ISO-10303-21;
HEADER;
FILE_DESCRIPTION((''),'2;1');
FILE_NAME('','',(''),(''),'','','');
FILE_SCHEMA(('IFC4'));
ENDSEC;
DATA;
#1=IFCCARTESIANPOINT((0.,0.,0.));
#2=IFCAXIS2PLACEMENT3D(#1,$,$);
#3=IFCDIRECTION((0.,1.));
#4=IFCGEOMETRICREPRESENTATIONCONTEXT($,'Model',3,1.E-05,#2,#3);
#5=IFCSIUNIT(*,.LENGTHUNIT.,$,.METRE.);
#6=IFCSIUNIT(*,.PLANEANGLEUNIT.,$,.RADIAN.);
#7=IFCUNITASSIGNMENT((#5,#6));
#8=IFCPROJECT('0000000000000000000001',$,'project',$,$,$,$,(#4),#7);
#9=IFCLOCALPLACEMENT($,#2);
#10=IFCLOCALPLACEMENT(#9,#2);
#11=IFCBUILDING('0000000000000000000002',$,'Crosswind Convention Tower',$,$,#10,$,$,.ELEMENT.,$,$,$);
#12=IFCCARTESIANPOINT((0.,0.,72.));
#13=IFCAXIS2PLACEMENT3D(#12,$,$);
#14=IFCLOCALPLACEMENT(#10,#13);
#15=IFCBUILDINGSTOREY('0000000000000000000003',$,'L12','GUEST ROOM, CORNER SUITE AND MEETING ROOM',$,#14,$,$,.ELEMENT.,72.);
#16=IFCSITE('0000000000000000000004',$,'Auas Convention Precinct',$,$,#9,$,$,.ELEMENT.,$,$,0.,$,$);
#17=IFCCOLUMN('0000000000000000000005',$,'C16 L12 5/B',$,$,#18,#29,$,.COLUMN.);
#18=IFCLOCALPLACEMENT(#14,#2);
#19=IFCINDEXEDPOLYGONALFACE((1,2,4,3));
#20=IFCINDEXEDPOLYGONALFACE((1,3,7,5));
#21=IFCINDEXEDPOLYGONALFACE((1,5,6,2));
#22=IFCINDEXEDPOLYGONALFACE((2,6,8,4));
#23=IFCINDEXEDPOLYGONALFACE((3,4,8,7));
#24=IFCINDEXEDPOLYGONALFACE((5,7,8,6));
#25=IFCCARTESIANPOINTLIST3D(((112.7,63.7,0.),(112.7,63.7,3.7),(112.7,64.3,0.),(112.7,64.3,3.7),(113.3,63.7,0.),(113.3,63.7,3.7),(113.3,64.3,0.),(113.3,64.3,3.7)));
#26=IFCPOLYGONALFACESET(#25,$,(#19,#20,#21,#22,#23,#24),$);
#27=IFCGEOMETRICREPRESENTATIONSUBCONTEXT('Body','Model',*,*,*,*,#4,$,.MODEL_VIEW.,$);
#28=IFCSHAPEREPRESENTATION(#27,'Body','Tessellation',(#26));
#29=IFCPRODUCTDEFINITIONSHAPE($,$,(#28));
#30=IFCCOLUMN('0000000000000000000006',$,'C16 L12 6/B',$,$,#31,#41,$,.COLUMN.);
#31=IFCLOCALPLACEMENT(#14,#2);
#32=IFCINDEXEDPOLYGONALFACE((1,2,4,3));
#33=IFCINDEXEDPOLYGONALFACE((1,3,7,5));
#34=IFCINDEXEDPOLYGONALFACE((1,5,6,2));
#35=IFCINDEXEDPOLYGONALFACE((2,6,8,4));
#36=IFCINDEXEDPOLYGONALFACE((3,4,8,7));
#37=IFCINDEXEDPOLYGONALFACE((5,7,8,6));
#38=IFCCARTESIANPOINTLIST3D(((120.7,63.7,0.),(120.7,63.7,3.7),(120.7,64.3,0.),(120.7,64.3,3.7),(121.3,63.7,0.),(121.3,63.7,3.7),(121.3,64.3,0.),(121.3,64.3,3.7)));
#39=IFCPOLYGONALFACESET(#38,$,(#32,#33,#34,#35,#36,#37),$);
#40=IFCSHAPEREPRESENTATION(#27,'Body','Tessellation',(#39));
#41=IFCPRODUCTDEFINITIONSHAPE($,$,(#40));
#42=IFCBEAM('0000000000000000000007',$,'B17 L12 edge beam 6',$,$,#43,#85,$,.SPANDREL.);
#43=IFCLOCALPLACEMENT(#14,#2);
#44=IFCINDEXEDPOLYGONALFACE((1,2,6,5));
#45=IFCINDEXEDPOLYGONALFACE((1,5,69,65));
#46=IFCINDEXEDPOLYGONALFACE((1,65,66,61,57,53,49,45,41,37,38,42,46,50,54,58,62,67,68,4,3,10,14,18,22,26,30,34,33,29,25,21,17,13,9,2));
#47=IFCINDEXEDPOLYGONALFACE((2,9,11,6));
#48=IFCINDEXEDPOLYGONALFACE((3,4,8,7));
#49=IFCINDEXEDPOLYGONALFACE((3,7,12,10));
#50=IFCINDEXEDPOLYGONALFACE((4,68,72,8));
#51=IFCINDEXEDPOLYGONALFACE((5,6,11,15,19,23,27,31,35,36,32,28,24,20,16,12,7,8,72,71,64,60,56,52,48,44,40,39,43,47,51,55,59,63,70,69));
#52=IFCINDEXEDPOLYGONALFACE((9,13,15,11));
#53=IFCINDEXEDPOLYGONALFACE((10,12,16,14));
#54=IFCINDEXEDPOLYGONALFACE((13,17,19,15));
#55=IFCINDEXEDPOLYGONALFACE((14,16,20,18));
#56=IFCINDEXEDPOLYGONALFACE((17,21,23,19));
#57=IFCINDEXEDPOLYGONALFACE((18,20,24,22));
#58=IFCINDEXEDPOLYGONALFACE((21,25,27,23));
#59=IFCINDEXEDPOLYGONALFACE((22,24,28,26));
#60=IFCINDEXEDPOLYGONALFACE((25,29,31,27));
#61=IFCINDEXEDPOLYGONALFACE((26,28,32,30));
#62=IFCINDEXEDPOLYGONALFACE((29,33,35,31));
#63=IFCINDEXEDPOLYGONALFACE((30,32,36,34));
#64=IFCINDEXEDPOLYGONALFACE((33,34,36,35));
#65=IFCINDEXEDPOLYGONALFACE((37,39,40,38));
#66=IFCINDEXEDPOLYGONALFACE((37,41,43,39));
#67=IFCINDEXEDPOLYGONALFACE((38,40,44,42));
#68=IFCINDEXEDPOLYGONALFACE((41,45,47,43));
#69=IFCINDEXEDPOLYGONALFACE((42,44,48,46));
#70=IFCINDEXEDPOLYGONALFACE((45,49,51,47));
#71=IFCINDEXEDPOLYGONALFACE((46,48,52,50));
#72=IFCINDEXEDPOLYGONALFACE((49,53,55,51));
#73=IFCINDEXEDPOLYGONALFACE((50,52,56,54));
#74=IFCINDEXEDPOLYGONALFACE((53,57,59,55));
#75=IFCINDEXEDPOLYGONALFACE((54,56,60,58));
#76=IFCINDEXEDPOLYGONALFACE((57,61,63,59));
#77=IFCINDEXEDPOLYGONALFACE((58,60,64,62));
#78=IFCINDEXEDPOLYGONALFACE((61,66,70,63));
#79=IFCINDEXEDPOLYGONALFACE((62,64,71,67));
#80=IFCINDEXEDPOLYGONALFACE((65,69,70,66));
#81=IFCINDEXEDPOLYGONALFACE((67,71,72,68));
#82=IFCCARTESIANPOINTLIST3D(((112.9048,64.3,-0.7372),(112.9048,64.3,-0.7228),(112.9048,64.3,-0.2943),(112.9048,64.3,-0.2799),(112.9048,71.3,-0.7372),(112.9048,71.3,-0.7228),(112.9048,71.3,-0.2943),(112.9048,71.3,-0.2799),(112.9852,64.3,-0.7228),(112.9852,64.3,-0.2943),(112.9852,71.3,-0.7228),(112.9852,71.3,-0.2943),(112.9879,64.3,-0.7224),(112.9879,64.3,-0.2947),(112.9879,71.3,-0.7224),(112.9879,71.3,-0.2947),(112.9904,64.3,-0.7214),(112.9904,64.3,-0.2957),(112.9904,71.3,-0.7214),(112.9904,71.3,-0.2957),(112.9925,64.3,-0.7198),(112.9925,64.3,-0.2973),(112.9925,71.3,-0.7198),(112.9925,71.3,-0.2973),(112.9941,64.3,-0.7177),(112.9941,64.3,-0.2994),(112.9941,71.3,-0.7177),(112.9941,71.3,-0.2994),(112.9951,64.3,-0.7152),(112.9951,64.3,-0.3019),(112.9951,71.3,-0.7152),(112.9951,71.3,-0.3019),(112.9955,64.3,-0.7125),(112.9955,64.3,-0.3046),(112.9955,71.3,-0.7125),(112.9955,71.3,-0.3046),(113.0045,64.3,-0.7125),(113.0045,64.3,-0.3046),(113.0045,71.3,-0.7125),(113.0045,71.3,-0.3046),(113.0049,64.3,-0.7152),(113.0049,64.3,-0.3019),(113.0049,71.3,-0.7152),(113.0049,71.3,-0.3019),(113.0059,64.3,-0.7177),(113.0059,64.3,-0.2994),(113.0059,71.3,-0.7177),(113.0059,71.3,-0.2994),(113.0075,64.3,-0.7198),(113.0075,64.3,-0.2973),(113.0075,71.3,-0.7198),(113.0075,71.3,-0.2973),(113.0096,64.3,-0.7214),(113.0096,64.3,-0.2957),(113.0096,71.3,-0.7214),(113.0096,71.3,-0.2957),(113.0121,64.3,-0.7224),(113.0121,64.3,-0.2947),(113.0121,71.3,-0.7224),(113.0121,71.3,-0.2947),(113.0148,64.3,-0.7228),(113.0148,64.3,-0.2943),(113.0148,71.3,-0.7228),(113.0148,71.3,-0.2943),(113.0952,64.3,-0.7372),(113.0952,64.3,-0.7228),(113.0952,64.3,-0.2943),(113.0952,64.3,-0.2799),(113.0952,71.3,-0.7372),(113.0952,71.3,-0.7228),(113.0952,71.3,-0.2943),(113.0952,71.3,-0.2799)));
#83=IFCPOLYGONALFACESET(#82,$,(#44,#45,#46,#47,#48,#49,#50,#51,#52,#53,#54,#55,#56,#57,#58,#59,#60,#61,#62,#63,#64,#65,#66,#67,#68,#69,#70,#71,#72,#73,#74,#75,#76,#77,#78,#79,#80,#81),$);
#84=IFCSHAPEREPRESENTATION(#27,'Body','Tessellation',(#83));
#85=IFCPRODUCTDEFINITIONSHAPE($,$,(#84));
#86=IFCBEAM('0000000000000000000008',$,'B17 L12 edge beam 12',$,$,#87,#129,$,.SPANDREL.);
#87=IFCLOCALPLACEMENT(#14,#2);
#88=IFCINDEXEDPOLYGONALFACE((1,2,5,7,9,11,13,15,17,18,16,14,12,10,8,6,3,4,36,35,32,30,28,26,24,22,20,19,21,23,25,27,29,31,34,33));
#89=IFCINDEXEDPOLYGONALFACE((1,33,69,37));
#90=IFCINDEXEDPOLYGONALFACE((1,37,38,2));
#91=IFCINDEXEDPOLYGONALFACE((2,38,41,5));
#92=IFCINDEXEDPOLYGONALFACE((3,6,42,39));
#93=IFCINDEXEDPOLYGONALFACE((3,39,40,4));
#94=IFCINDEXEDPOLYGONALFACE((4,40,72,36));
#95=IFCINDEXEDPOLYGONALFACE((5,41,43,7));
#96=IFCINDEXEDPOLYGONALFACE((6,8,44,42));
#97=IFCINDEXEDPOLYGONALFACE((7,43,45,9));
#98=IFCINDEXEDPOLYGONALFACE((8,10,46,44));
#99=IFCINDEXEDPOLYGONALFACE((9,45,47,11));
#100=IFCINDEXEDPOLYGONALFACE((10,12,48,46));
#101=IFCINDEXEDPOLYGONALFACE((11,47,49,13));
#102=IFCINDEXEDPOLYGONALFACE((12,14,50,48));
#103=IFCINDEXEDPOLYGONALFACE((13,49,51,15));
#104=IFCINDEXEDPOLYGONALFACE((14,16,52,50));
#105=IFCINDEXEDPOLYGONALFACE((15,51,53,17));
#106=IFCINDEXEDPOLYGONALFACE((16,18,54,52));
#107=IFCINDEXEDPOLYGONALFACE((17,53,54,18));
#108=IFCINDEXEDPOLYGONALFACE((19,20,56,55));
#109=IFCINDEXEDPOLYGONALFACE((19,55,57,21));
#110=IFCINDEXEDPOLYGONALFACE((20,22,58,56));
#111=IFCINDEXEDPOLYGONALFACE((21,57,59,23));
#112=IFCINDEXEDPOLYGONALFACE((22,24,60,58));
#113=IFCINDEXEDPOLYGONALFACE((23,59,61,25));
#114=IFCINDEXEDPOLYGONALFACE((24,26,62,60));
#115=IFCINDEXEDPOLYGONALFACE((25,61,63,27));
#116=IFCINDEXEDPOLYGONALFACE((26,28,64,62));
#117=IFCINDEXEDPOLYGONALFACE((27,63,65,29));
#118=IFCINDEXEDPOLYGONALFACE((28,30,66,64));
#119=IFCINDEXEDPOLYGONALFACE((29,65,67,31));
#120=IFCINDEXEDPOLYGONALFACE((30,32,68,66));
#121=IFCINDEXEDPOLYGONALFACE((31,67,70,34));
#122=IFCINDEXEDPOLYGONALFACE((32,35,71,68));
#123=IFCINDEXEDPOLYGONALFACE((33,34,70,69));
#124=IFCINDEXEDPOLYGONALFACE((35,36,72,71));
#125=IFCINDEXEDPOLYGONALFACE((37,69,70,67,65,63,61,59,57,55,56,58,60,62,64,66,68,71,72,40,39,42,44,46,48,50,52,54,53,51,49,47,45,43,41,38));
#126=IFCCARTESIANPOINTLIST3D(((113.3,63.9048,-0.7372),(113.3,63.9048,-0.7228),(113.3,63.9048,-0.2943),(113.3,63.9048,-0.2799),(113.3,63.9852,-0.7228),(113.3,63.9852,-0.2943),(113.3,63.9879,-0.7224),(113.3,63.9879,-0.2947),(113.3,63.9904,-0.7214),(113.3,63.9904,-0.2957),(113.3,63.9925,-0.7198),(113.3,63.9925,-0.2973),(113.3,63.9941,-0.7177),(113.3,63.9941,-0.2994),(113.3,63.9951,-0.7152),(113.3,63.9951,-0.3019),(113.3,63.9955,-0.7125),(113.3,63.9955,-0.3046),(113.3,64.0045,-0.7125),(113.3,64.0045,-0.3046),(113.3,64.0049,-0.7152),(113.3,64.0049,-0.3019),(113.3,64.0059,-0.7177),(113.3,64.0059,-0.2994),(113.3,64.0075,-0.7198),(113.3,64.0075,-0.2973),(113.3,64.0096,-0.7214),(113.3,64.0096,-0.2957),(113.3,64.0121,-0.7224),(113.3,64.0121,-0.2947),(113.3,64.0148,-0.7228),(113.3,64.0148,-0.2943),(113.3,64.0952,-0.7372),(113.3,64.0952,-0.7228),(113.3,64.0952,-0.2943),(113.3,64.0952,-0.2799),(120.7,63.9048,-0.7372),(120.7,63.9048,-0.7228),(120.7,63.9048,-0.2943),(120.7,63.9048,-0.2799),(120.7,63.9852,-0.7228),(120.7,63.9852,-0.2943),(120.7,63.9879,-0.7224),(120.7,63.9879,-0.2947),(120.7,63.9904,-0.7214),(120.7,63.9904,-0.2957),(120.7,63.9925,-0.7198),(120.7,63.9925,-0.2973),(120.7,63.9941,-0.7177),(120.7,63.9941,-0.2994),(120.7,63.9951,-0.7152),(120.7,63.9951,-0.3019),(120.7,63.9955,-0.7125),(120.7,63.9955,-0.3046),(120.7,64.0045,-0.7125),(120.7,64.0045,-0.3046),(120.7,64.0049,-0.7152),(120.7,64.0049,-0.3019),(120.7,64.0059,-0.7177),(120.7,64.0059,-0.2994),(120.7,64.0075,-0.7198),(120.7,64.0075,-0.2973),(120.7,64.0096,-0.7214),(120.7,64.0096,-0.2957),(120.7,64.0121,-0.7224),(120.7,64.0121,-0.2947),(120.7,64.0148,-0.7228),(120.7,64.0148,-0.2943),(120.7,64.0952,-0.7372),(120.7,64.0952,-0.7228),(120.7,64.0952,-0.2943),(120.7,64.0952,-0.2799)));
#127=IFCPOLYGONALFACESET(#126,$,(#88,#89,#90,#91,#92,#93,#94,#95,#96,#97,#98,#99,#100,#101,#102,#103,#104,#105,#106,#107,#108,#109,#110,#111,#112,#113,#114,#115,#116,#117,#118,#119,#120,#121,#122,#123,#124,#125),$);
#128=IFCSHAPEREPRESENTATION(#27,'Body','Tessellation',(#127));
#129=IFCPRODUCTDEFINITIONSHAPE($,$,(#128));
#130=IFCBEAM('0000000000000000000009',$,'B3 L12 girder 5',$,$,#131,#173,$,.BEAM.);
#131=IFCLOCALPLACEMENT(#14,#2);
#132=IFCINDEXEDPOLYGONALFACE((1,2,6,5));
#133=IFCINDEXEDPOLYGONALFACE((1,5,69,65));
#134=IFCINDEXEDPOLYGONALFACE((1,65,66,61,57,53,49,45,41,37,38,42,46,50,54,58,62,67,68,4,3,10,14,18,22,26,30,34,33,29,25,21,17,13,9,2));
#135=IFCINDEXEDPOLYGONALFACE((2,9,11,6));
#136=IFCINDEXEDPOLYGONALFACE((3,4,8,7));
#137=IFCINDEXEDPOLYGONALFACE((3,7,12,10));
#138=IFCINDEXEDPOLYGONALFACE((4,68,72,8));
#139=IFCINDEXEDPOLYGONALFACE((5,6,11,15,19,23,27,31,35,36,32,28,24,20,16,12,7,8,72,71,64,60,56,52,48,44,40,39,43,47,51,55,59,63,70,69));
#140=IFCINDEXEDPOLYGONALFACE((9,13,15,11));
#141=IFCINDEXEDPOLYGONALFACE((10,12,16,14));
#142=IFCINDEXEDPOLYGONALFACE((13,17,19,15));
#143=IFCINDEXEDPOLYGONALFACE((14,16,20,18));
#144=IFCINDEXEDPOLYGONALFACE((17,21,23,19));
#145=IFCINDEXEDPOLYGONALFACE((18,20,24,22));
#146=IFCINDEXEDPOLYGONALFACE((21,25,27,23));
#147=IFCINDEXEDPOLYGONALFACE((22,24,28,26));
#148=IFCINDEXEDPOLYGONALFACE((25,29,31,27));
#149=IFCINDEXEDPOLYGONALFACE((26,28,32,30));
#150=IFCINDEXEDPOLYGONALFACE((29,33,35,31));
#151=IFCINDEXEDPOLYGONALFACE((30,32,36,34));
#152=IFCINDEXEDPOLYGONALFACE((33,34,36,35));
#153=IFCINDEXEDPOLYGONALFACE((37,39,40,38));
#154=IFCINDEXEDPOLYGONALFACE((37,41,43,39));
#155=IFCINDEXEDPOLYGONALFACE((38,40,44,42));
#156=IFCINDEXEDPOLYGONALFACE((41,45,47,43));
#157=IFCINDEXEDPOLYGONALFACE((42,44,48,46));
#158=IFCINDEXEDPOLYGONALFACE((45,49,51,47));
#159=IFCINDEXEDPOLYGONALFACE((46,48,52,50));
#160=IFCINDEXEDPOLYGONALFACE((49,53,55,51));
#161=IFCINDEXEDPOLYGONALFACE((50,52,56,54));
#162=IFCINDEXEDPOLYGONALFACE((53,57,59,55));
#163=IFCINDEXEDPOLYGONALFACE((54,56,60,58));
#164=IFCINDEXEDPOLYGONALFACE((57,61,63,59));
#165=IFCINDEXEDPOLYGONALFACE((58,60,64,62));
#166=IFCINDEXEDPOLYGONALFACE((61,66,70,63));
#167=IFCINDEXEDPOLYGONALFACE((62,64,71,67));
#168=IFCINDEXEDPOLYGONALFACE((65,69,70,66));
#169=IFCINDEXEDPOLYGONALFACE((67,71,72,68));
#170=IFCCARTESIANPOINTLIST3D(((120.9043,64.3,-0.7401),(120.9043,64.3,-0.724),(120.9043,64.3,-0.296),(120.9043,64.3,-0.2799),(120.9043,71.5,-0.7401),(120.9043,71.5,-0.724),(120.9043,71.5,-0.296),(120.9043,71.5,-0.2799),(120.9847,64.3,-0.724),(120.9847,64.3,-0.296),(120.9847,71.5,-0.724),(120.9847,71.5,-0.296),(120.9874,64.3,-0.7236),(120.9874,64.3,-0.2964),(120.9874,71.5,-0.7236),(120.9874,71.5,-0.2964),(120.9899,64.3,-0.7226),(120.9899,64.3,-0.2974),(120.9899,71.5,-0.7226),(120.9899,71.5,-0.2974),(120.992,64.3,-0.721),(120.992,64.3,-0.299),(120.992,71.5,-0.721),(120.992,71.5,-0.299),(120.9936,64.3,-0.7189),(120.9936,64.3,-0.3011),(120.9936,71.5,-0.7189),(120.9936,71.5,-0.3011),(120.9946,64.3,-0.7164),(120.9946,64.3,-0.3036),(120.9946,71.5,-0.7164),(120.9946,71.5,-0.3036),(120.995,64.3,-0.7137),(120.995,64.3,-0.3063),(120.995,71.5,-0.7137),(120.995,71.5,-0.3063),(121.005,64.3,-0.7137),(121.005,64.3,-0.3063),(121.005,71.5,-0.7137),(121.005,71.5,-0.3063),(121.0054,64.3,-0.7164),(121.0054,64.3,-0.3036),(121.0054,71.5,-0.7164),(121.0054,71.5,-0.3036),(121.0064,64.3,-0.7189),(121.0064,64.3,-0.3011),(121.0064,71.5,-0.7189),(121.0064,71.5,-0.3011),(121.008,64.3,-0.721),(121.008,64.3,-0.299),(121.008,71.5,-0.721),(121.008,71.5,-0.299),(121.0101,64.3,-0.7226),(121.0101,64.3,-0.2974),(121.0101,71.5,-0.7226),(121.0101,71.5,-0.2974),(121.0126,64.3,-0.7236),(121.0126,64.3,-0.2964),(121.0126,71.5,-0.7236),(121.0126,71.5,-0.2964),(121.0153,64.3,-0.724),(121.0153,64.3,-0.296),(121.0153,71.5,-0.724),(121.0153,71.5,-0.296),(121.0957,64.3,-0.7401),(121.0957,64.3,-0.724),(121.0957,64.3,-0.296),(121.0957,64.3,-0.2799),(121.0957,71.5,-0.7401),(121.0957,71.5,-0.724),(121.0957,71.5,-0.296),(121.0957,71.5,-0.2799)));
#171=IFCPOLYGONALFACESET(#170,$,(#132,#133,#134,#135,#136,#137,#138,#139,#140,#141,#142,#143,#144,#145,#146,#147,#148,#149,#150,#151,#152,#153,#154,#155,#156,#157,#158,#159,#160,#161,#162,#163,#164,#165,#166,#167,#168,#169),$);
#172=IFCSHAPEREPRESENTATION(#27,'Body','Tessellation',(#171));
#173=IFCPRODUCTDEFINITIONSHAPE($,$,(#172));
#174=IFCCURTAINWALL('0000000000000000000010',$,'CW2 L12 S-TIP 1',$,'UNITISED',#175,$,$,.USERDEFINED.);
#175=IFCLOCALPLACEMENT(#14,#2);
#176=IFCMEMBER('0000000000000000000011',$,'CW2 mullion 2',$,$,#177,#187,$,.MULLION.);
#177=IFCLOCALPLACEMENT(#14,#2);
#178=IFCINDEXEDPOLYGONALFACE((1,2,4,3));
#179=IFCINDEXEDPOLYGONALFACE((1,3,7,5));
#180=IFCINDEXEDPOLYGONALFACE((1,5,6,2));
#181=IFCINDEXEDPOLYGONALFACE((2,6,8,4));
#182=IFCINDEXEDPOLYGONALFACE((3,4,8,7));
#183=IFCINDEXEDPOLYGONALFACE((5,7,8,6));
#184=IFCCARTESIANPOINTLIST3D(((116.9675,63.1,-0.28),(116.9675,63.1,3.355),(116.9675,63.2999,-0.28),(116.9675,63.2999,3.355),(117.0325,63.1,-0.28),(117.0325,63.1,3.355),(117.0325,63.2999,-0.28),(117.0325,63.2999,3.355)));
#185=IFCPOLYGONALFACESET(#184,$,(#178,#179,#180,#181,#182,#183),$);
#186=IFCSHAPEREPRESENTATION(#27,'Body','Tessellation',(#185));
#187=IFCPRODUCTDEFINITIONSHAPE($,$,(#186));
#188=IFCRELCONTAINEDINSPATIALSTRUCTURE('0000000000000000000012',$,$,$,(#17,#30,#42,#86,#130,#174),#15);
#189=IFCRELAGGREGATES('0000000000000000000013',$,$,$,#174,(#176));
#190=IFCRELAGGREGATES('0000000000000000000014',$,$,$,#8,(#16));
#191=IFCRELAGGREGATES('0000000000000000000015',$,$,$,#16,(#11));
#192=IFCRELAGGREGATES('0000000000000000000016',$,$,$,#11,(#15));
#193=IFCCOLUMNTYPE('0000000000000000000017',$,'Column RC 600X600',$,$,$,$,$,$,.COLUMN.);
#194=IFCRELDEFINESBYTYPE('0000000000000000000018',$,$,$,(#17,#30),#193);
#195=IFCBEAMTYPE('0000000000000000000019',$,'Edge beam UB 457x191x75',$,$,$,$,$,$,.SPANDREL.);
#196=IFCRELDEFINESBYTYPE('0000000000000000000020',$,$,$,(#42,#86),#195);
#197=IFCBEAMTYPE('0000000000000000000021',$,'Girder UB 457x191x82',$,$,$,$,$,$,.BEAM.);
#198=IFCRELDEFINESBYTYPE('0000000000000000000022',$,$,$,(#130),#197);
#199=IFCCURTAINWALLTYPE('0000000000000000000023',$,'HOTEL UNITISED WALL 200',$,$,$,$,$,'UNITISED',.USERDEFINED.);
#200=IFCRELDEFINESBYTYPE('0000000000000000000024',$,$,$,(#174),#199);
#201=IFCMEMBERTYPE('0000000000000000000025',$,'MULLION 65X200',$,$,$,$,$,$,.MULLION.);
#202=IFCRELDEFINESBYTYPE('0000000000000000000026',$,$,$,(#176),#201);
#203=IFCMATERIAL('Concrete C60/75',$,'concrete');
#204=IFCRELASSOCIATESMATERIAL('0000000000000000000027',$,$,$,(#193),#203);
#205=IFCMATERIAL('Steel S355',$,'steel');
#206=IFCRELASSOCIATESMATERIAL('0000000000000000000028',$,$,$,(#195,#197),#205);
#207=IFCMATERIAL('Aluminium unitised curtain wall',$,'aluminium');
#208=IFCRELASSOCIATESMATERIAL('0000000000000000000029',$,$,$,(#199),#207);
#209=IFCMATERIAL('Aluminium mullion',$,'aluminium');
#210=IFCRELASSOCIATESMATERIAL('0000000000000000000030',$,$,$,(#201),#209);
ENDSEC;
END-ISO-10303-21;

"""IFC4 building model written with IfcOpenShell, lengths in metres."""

from ifc_helpers import new_model, si_unit, direction, frame, origin, origin_2d, place, context, subcontext, project, spatial, rectangle, i_section, extrude, material, material_profile, profile_set, type_object, element, aggregate, save


model = new_model("IFC4")

# Units and contexts
model_context = context("Model", 3, precision=1e-05, world=origin(), true_north=direction((0.0, 1.0)))
body_context = subcontext(model_context, "Body", "Model", "MODEL_VIEW")
ifc_project = project(units=[si_unit("LENGTHUNIT", "METRE"), si_unit("PLANEANGLEUNIT", "RADIAN")], contexts=[model_context])

# Site, building, storey
site_placement = place(None, origin())
site = spatial("IfcSite", under=ifc_project, at=site_placement, Name="Auas Convention Precinct", CompositionType="ELEMENT", RefElevation=0.0)
building_placement = place(site_placement, origin())
building = spatial("IfcBuilding", under=site, at=building_placement, Name="Crosswind Convention Tower", CompositionType="ELEMENT")
storey_placement = place(building_placement, frame((0.0, 0.0, 72.0)))
storey = spatial("IfcBuildingStorey", under=building, at=storey_placement, Name="L12", Description="GUEST ROOM, CORNER SUITE AND MEETING ROOM", CompositionType="ELEMENT", Elevation=72.0)

# Columns
ifc_material_1 = material(Name="Concrete C60/75", Category="concrete")
ifc_material_profile_1 = material_profile(ifc_material_1, rectangle(XDim=0.6001, YDim=0.6001, at=origin_2d()), Name="RC 600X600")
ifc_profile_set_1 = profile_set([ifc_material_profile_1], Name="Concrete C60/75")
column_type = type_object("IfcColumnType", Name="Column RC 600X600", PredefinedType="COLUMN", material=ifc_profile_set_1)
for number, where, z_axis, x_axis, name in (
    (1, (113.0, 64.0, 0.0), (0.0, 0.0, 1.0), (1.0, 0.0, 0.0), "C16 L12 5/B"),
    (2, (121.0, 64.0, 0.0), (0.0, 0.0, 1.0), (1.0, 0.0, 0.0), "C16 L12 6/B"),
):
    element("IfcColumn", number, at=place(storey_placement, frame(where, z_axis=z_axis, x_axis=x_axis)), inside=storey, type_object=column_type, Name=name, PredefinedType="COLUMN", context=body_context, shape_type="SweptSolid", body=[
        extrude(rectangle(XDim=0.6001, YDim=0.6001, at=origin_2d()), origin(), (0.0, 0.0, 1.0), 3.7),
    ])

# Beams
ifc_material_2 = material(Name="Steel S355", Category="steel")
ifc_material_profile_2 = material_profile(ifc_material_2, i_section(OverallWidth=0.1904, OverallDepth=0.4573, WebThickness=0.009, FlangeThickness=0.0144, FilletRadius=0.0103, at=origin_2d()), Name="UB 457x191x75")
ifc_profile_set_2 = profile_set([ifc_material_profile_2], Name="Steel S355")
beam_type_1 = type_object("IfcBeamType", Name="Edge beam UB 457x191x75", PredefinedType="SPANDREL", material=ifc_profile_set_2)
beam_1_placement = place(storey_placement, frame((113.0, 64.3, -0.5085), z_axis=(0.0, 1.0, 0.0), x_axis=(-1.0, 0.0, 0.0)))
element("IfcBeam", 3, at=beam_1_placement, inside=storey, type_object=beam_type_1, Name="B17 L12 edge beam 6", PredefinedType="SPANDREL", context=body_context, shape_type="SweptSolid", body=[
    extrude(i_section(OverallWidth=0.1904, OverallDepth=0.4573, WebThickness=0.009, FlangeThickness=0.0144, FilletRadius=0.0103, at=origin_2d()), origin(), (0.0, 0.0, 1.0), 7.0),
])
beam_2_placement = place(storey_placement, frame((113.3, 64.0, -0.5085), z_axis=(1.0, 0.0, 0.0), x_axis=(0.0, 1.0, 0.0)))
element("IfcBeam", 4, at=beam_2_placement, inside=storey, type_object=beam_type_1, Name="B17 L12 edge beam 12", PredefinedType="SPANDREL", context=body_context, shape_type="SweptSolid", body=[
    extrude(i_section(OverallWidth=0.1904, OverallDepth=0.4573, WebThickness=0.009, FlangeThickness=0.0144, FilletRadius=0.0103, at=origin_2d()), origin(), (0.0, 0.0, 1.0), 7.3999),
])
ifc_material_profile_3 = material_profile(ifc_material_2, i_section(OverallWidth=0.1914, OverallDepth=0.4602, WebThickness=0.01, FlangeThickness=0.0161, FilletRadius=0.0103, at=origin_2d()), Name="UB 457x191x82")
ifc_profile_set_3 = profile_set([ifc_material_profile_3], Name="Steel S355")
beam_type_2 = type_object("IfcBeamType", Name="Girder UB 457x191x82", PredefinedType="BEAM", material=ifc_profile_set_3)
beam_3_placement = place(storey_placement, frame((121.0, 64.3, -0.51), z_axis=(0.0, 1.0, 0.0), x_axis=(-1.0, 0.0, 0.0)))
element("IfcBeam", 5, at=beam_3_placement, inside=storey, type_object=beam_type_2, Name="B3 L12 girder 5", PredefinedType="BEAM", context=body_context, shape_type="SweptSolid", body=[
    extrude(i_section(OverallWidth=0.1914, OverallDepth=0.4602, WebThickness=0.01, FlangeThickness=0.0161, FilletRadius=0.0103, at=origin_2d()), origin(), (0.0, 0.0, 1.0), 7.2),
])

# Curtain wall, member
ifc_material_3 = material(Name="Aluminium unitised curtain wall", Category="aluminium")
curtain_wall_type = type_object("IfcCurtainWallType", Name="HOTEL UNITISED WALL 200", ElementType="UNITISED", PredefinedType="USERDEFINED", material=ifc_material_3)
curtain_wall_placement = place(storey_placement, origin())
curtain_wall = element("IfcCurtainWall", 6, at=curtain_wall_placement, inside=storey, type_object=curtain_wall_type, Name="CW2 L12 S-TIP 1", ObjectType="UNITISED", PredefinedType="USERDEFINED")
ifc_material_4 = material(Name="Aluminium mullion", Category="aluminium")
ifc_material_profile_4 = material_profile(ifc_material_4, rectangle(XDim=0.2, YDim=0.0649, at=origin_2d()), Name="AL 200X65")
ifc_profile_set_4 = profile_set([ifc_material_profile_4], Name="Aluminium mullion")
member_type_1 = type_object("IfcMemberType", Name="MULLION 65X200", PredefinedType="MULLION", material=ifc_profile_set_4)
member_1_placement = place(storey_placement, frame((117.0, 63.2, -0.28), z_axis=(0.0, 0.0, 1.0), x_axis=(0.0, -1.0, 0.0)))
member_1 = element("IfcMember", 7, at=member_1_placement, type_object=member_type_1, Name="CW2 mullion 2", PredefinedType="MULLION", context=body_context, shape_type="SweptSolid", body=[
    extrude(rectangle(XDim=0.2, YDim=0.0649, at=origin_2d()), origin(), (0.0, 0.0, 1.0), 3.635),
])

aggregate(curtain_wall, [member_1])

save(model, "model.ifc")
